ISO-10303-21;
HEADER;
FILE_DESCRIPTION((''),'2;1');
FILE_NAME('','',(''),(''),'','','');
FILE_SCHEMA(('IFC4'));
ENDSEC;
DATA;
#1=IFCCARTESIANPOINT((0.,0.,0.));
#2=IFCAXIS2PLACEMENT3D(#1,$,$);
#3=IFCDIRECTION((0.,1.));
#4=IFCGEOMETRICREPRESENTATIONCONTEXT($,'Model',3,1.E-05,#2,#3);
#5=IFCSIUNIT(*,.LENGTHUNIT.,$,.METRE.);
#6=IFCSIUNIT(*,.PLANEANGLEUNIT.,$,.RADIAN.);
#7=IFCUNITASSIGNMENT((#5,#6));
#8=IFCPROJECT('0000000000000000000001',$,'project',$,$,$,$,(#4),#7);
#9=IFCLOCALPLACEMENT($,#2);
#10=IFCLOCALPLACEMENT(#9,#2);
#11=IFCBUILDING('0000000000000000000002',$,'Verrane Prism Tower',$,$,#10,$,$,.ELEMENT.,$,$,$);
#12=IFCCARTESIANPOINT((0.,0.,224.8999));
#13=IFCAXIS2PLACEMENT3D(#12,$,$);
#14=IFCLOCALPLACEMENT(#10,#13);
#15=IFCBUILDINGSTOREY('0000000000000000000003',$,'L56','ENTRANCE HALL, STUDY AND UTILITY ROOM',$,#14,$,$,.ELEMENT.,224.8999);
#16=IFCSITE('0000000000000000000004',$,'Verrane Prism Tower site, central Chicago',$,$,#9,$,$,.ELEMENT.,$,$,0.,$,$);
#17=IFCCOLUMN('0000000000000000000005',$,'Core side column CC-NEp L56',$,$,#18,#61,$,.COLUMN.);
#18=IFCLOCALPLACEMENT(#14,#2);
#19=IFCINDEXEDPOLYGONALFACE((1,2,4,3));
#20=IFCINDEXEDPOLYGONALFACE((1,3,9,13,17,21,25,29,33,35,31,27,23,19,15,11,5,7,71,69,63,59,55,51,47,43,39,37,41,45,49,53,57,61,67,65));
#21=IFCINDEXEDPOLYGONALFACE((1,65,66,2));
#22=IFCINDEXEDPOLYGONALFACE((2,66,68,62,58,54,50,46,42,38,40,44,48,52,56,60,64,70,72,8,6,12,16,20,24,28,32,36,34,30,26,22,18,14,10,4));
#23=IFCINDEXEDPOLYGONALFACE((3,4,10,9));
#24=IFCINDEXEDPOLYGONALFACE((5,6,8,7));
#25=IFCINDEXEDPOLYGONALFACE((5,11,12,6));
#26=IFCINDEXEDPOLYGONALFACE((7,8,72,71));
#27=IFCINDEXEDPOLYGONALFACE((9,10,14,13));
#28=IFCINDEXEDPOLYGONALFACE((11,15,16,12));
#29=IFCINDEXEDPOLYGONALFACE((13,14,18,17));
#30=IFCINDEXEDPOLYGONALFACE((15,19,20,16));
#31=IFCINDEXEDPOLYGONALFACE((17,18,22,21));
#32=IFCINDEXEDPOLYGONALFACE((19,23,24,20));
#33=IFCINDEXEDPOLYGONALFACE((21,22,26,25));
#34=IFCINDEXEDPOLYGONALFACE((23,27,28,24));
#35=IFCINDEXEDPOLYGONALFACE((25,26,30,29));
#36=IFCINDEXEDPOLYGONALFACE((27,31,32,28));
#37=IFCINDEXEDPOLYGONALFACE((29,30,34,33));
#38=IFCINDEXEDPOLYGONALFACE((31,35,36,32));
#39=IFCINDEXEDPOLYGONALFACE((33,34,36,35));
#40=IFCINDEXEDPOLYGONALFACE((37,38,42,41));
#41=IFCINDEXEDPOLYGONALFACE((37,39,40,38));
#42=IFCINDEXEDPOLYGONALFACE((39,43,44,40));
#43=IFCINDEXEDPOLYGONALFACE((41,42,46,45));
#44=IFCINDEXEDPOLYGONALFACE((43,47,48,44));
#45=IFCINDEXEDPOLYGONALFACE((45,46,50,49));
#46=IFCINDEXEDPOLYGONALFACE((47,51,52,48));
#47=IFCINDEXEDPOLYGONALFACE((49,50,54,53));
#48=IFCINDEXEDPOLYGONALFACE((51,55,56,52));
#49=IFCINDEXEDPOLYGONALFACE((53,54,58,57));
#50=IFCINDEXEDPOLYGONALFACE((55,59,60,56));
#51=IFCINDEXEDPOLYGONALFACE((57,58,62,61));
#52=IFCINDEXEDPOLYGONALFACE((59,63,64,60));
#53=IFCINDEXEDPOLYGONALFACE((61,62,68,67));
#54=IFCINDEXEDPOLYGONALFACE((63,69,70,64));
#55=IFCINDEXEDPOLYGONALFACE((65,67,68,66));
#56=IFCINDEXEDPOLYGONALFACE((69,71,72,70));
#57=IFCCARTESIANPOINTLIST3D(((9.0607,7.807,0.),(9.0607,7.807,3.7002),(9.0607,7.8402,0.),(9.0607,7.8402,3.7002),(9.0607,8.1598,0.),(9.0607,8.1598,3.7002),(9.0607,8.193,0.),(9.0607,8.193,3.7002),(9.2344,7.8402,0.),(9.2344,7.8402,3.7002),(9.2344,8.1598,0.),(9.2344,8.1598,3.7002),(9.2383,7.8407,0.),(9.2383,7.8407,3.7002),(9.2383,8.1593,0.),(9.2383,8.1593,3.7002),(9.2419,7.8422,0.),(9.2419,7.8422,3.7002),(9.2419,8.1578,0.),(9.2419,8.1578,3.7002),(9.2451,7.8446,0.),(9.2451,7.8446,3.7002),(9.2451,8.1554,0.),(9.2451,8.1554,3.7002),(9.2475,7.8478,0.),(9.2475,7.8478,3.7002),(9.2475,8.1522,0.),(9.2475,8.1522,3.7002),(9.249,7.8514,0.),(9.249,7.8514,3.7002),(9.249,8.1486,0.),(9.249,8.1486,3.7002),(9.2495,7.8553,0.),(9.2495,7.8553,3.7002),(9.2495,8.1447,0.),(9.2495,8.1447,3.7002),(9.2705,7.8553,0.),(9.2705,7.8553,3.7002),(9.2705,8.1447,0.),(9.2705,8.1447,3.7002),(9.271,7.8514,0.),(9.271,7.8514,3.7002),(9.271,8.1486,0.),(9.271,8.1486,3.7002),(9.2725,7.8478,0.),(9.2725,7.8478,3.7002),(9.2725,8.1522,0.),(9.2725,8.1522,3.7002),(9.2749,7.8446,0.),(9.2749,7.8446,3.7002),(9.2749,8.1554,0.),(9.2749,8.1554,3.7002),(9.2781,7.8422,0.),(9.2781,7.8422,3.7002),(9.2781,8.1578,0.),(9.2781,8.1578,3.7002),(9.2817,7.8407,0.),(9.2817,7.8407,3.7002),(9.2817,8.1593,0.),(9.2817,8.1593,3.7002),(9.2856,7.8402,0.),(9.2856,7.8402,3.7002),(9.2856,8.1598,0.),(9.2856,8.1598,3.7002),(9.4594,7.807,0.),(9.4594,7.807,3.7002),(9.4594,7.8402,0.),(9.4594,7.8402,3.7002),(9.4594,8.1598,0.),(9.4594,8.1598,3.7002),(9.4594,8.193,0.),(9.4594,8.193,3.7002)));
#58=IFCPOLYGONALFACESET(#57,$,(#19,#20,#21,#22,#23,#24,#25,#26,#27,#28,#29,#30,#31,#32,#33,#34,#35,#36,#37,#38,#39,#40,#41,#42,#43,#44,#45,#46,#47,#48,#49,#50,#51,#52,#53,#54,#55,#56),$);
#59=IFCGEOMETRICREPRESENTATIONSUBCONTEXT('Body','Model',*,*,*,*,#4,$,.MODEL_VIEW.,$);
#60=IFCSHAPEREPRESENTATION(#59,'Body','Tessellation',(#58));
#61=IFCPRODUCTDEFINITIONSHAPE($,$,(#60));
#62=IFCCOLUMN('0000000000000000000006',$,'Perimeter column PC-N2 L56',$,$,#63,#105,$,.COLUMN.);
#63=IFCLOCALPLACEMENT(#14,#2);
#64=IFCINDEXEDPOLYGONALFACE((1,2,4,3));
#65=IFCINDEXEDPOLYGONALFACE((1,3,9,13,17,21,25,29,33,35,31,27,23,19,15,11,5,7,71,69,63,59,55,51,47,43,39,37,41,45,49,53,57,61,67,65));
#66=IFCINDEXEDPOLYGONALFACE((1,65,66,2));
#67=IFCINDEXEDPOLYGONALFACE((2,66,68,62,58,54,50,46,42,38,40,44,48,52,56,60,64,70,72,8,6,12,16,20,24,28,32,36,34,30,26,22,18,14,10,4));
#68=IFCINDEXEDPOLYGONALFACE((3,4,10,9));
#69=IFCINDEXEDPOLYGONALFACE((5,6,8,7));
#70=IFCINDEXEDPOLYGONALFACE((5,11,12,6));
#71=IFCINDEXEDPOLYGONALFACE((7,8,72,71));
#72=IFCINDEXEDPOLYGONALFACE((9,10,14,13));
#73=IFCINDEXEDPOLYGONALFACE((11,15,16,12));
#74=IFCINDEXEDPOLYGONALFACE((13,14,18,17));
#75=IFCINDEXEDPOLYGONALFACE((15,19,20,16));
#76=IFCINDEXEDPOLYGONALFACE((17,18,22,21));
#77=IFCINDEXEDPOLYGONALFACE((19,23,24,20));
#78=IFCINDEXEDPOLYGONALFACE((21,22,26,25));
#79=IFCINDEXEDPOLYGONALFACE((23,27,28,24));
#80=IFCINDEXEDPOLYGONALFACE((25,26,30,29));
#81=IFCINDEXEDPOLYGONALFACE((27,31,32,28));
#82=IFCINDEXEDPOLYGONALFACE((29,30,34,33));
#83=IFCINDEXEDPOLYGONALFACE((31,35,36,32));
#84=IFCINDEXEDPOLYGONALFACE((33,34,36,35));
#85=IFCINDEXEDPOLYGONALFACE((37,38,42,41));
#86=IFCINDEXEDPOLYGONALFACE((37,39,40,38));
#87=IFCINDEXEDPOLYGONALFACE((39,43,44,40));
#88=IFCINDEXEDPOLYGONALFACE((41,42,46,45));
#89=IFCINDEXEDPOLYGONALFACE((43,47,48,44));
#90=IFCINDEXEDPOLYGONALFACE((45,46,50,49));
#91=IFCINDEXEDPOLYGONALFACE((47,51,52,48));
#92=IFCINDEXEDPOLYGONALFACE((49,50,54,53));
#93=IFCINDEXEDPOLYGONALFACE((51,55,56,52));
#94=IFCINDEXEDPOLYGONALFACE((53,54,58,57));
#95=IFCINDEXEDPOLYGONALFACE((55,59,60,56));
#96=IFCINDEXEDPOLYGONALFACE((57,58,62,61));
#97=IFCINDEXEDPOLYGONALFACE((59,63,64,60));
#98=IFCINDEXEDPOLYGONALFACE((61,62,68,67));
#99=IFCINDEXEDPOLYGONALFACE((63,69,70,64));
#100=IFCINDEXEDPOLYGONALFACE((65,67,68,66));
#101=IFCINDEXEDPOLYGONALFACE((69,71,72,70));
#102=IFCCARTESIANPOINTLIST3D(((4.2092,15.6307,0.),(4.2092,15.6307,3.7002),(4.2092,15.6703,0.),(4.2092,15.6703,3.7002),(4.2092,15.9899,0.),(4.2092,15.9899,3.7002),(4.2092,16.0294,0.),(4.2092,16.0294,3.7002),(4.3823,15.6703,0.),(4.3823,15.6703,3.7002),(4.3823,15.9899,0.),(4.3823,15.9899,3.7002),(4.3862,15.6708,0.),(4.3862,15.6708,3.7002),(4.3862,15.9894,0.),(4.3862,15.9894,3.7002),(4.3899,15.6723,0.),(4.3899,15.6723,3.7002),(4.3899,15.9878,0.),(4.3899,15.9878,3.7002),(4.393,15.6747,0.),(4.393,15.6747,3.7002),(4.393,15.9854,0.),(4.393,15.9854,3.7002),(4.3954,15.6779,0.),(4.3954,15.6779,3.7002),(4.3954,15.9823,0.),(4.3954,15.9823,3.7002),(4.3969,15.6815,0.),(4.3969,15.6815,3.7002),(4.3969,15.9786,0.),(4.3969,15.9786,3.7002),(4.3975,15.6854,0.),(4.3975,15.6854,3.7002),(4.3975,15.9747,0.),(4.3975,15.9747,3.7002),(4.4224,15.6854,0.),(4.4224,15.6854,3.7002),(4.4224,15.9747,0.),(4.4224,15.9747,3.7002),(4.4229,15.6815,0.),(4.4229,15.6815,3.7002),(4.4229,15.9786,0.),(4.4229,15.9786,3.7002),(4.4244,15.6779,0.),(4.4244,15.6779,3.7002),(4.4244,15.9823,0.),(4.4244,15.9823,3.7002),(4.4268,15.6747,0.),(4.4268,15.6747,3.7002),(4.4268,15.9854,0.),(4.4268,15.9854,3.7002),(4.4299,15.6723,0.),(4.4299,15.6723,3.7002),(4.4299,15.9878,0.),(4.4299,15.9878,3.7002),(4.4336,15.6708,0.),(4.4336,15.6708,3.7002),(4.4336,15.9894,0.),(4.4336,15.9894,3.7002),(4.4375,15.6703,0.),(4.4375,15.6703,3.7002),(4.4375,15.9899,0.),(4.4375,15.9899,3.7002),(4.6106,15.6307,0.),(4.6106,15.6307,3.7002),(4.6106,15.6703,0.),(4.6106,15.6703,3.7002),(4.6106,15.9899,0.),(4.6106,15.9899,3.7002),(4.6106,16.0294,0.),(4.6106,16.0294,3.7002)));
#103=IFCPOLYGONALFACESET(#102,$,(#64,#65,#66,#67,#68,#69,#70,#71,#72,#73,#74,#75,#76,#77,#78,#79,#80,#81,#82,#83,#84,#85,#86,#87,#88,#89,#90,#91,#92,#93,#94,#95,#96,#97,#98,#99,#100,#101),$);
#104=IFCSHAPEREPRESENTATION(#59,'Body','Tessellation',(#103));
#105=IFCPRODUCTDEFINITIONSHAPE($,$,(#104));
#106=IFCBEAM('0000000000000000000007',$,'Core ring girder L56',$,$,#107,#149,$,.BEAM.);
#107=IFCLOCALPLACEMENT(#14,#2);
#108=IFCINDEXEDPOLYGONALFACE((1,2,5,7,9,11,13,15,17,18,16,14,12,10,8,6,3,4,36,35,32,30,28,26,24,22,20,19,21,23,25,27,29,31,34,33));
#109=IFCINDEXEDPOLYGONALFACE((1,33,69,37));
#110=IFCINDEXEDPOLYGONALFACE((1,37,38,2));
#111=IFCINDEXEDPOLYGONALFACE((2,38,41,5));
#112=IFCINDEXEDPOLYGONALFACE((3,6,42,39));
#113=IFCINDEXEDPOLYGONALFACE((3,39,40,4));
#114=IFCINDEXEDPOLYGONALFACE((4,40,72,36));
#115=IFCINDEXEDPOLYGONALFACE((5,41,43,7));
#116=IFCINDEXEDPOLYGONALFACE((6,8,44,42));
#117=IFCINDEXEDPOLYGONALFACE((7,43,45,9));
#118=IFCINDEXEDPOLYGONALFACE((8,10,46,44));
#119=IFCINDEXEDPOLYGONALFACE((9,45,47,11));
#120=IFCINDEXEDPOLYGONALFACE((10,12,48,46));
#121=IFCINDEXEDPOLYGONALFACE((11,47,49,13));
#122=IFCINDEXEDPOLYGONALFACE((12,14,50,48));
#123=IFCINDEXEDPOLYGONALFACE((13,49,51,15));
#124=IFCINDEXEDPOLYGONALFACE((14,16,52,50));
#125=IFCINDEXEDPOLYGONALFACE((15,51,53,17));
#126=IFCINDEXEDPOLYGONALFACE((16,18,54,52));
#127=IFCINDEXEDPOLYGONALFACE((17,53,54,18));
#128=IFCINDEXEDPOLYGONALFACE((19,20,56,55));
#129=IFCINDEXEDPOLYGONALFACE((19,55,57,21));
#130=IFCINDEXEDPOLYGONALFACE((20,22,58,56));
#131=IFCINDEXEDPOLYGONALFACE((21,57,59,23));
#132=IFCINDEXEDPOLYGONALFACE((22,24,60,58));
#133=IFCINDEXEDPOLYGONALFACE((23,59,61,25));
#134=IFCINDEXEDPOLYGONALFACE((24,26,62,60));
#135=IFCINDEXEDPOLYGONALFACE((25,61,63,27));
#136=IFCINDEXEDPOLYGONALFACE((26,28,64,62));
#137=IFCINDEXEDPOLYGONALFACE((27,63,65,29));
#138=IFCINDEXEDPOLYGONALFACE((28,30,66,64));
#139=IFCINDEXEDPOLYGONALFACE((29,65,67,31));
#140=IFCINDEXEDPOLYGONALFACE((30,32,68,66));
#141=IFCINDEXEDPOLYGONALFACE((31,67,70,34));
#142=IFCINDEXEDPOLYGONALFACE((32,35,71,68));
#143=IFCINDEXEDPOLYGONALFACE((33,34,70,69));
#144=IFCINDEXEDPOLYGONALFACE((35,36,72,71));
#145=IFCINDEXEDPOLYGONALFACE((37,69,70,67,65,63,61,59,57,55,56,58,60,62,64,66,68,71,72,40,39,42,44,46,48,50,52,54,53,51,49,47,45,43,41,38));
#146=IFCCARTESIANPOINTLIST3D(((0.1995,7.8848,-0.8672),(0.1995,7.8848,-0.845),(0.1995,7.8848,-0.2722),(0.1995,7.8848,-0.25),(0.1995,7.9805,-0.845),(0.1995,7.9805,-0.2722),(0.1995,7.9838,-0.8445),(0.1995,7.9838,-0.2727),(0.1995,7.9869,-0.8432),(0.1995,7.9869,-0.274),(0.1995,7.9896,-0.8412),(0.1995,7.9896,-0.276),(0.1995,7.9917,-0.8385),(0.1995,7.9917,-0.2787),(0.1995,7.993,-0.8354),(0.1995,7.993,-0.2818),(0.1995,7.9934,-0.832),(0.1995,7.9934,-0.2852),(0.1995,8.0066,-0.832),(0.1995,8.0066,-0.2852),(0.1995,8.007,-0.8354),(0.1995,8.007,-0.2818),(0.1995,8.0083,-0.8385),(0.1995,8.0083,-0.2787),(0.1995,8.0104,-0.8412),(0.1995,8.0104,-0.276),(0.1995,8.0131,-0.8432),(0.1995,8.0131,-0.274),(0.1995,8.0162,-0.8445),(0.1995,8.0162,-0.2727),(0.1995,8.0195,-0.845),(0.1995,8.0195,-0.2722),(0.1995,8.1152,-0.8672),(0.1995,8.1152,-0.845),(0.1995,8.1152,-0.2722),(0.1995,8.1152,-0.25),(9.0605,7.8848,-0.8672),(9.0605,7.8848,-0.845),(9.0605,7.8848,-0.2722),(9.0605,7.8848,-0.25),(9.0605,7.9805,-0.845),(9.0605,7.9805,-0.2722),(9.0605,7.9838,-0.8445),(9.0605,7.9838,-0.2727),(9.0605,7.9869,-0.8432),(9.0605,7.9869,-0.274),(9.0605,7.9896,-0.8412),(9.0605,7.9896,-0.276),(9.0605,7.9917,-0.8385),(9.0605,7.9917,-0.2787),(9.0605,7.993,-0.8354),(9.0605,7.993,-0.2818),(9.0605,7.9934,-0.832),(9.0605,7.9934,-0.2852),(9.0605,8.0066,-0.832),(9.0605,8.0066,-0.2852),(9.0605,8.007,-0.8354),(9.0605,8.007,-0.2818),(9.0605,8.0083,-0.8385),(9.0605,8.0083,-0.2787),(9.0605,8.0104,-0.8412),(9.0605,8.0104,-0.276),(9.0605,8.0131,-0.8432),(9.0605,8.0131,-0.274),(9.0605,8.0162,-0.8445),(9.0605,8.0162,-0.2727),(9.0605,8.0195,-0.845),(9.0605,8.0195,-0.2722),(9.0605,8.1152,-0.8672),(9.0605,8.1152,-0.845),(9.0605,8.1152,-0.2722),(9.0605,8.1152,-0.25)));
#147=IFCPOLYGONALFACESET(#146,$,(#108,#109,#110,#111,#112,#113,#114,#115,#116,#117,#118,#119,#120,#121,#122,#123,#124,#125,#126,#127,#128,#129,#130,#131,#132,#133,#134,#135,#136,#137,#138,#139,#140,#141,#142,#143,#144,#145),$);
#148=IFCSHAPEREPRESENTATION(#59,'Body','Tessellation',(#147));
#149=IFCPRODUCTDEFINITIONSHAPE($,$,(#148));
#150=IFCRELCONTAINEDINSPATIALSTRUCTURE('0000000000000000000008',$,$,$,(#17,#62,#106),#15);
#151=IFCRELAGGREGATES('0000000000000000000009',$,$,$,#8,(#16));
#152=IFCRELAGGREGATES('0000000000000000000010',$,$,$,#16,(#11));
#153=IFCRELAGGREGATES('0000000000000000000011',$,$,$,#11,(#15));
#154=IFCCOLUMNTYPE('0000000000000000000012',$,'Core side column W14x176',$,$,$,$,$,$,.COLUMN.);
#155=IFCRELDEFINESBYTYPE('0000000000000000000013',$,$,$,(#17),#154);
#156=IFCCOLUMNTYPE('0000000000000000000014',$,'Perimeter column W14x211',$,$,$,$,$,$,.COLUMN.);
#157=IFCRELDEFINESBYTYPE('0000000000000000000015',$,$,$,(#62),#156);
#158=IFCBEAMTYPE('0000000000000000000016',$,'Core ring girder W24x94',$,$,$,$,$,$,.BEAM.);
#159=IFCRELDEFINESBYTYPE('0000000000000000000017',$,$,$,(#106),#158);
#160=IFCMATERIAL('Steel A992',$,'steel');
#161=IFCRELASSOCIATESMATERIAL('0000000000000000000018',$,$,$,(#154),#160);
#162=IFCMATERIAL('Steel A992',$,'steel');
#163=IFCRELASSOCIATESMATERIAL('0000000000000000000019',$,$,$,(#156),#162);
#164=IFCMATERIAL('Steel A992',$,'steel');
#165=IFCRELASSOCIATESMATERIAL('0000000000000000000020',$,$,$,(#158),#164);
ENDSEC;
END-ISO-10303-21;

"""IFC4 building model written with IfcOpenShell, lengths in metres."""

from ifc_helpers import new_model, si_unit, direction, frame, origin, origin_2d, place, context, subcontext, project, spatial, i_section, extrude, material, material_profile, profile_set, type_object, element, save


model = new_model("IFC4")

# Units and contexts
model_context = context("Model", 3, precision=1e-05, world=origin(), true_north=direction((0.0, 1.0)))
body_context = subcontext(model_context, "Body", "Model", "MODEL_VIEW")
ifc_project = project(units=[si_unit("LENGTHUNIT", "METRE"), si_unit("PLANEANGLEUNIT", "RADIAN")], contexts=[model_context])

# Site, building, storey
site_placement = place(None, origin())
site = spatial("IfcSite", under=ifc_project, at=site_placement, Name="Verrane Prism Tower site, central Chicago", CompositionType="ELEMENT", RefElevation=0.0)
building_placement = place(site_placement, origin())
building = spatial("IfcBuilding", under=site, at=building_placement, Name="Verrane Prism Tower", CompositionType="ELEMENT")
storey_placement = place(building_placement, frame((0.0, 0.0, 224.8999)))
storey = spatial("IfcBuildingStorey", under=building, at=storey_placement, Name="L56", Description="ENTRANCE HALL, STUDY AND UTILITY ROOM", CompositionType="ELEMENT", Elevation=224.8999)

# Columns
ifc_material_1 = material(Name="Steel A992", Category="steel")
ifc_material_profile_1 = material_profile(ifc_material_1, i_section(OverallWidth=0.3987, OverallDepth=0.386, WebThickness=0.021, FlangeThickness=0.0332, FilletRadius=0.0151, at=origin_2d()), Name="W14x176")
ifc_profile_set_1 = profile_set([ifc_material_profile_1], Name="Steel A992")
column_type_1 = type_object("IfcColumnType", Name="Core side column W14x176", PredefinedType="COLUMN", material=ifc_profile_set_1)
column_1_placement = place(storey_placement, frame((9.26, 8.0, 0.0), z_axis=(0.0, 0.0, 1.0), x_axis=(1.0, 0.0, 0.0)))
element("IfcColumn", 1, at=column_1_placement, inside=storey, type_object=column_type_1, Name="Core side column CC-NEp L56", PredefinedType="COLUMN", context=body_context, shape_type="SweptSolid", body=[
    extrude(i_section(OverallWidth=0.3987, OverallDepth=0.386, WebThickness=0.021, FlangeThickness=0.0332, FilletRadius=0.0151, at=origin_2d()), origin(), (0.0, 0.0, 1.0), 3.7002),
])
ifc_material_2 = material(Name="Steel A992", Category="steel")
ifc_material_profile_2 = material_profile(ifc_material_2, i_section(OverallWidth=0.4014, OverallDepth=0.3987, WebThickness=0.0249, FlangeThickness=0.0396, FilletRadius=0.0151, at=origin_2d()), Name="W14x211")
ifc_profile_set_2 = profile_set([ifc_material_profile_2], Name="Steel A992")
column_type_2 = type_object("IfcColumnType", Name="Perimeter column W14x211", PredefinedType="COLUMN", material=ifc_profile_set_2)
column_2_placement = place(storey_placement, frame((4.4099, 15.8301, 0.0), z_axis=(0.0, 0.0, 1.0), x_axis=(1.0, 0.0, 0.0)))
element("IfcColumn", 2, at=column_2_placement, inside=storey, type_object=column_type_2, Name="Perimeter column PC-N2 L56", PredefinedType="COLUMN", context=body_context, shape_type="SweptSolid", body=[
    extrude(i_section(OverallWidth=0.4014, OverallDepth=0.3987, WebThickness=0.0249, FlangeThickness=0.0396, FilletRadius=0.0151, at=origin_2d()), origin(), (0.0, 0.0, 1.0), 3.7002),
])

# Beam
ifc_material_3 = material(Name="Steel A992", Category="steel")
ifc_material_profile_3 = material_profile(ifc_material_3, i_section(OverallWidth=0.2305, OverallDepth=0.6172, WebThickness=0.0132, FlangeThickness=0.0222, FilletRadius=0.0129, at=origin_2d()), Name="W24x94")
ifc_profile_set_3 = profile_set([ifc_material_profile_3], Name="Steel A992")
beam_type_1 = type_object("IfcBeamType", Name="Core ring girder W24x94", PredefinedType="BEAM", material=ifc_profile_set_3)
beam_1_placement = place(storey_placement, frame((9.0605, 8.0, -0.5586), z_axis=(-1.0, 0.0, 0.0), x_axis=(0.0, -1.0, 0.0)))
element("IfcBeam", 3, at=beam_1_placement, inside=storey, type_object=beam_type_1, Name="Core ring girder L56", PredefinedType="BEAM", context=body_context, shape_type="SweptSolid", body=[
    extrude(i_section(OverallWidth=0.2305, OverallDepth=0.6172, WebThickness=0.0132, FlangeThickness=0.0222, FilletRadius=0.0129, at=origin_2d()), origin(), (0.0, 0.0, 1.0), 8.8611),
])

save(model, "model.ifc")
